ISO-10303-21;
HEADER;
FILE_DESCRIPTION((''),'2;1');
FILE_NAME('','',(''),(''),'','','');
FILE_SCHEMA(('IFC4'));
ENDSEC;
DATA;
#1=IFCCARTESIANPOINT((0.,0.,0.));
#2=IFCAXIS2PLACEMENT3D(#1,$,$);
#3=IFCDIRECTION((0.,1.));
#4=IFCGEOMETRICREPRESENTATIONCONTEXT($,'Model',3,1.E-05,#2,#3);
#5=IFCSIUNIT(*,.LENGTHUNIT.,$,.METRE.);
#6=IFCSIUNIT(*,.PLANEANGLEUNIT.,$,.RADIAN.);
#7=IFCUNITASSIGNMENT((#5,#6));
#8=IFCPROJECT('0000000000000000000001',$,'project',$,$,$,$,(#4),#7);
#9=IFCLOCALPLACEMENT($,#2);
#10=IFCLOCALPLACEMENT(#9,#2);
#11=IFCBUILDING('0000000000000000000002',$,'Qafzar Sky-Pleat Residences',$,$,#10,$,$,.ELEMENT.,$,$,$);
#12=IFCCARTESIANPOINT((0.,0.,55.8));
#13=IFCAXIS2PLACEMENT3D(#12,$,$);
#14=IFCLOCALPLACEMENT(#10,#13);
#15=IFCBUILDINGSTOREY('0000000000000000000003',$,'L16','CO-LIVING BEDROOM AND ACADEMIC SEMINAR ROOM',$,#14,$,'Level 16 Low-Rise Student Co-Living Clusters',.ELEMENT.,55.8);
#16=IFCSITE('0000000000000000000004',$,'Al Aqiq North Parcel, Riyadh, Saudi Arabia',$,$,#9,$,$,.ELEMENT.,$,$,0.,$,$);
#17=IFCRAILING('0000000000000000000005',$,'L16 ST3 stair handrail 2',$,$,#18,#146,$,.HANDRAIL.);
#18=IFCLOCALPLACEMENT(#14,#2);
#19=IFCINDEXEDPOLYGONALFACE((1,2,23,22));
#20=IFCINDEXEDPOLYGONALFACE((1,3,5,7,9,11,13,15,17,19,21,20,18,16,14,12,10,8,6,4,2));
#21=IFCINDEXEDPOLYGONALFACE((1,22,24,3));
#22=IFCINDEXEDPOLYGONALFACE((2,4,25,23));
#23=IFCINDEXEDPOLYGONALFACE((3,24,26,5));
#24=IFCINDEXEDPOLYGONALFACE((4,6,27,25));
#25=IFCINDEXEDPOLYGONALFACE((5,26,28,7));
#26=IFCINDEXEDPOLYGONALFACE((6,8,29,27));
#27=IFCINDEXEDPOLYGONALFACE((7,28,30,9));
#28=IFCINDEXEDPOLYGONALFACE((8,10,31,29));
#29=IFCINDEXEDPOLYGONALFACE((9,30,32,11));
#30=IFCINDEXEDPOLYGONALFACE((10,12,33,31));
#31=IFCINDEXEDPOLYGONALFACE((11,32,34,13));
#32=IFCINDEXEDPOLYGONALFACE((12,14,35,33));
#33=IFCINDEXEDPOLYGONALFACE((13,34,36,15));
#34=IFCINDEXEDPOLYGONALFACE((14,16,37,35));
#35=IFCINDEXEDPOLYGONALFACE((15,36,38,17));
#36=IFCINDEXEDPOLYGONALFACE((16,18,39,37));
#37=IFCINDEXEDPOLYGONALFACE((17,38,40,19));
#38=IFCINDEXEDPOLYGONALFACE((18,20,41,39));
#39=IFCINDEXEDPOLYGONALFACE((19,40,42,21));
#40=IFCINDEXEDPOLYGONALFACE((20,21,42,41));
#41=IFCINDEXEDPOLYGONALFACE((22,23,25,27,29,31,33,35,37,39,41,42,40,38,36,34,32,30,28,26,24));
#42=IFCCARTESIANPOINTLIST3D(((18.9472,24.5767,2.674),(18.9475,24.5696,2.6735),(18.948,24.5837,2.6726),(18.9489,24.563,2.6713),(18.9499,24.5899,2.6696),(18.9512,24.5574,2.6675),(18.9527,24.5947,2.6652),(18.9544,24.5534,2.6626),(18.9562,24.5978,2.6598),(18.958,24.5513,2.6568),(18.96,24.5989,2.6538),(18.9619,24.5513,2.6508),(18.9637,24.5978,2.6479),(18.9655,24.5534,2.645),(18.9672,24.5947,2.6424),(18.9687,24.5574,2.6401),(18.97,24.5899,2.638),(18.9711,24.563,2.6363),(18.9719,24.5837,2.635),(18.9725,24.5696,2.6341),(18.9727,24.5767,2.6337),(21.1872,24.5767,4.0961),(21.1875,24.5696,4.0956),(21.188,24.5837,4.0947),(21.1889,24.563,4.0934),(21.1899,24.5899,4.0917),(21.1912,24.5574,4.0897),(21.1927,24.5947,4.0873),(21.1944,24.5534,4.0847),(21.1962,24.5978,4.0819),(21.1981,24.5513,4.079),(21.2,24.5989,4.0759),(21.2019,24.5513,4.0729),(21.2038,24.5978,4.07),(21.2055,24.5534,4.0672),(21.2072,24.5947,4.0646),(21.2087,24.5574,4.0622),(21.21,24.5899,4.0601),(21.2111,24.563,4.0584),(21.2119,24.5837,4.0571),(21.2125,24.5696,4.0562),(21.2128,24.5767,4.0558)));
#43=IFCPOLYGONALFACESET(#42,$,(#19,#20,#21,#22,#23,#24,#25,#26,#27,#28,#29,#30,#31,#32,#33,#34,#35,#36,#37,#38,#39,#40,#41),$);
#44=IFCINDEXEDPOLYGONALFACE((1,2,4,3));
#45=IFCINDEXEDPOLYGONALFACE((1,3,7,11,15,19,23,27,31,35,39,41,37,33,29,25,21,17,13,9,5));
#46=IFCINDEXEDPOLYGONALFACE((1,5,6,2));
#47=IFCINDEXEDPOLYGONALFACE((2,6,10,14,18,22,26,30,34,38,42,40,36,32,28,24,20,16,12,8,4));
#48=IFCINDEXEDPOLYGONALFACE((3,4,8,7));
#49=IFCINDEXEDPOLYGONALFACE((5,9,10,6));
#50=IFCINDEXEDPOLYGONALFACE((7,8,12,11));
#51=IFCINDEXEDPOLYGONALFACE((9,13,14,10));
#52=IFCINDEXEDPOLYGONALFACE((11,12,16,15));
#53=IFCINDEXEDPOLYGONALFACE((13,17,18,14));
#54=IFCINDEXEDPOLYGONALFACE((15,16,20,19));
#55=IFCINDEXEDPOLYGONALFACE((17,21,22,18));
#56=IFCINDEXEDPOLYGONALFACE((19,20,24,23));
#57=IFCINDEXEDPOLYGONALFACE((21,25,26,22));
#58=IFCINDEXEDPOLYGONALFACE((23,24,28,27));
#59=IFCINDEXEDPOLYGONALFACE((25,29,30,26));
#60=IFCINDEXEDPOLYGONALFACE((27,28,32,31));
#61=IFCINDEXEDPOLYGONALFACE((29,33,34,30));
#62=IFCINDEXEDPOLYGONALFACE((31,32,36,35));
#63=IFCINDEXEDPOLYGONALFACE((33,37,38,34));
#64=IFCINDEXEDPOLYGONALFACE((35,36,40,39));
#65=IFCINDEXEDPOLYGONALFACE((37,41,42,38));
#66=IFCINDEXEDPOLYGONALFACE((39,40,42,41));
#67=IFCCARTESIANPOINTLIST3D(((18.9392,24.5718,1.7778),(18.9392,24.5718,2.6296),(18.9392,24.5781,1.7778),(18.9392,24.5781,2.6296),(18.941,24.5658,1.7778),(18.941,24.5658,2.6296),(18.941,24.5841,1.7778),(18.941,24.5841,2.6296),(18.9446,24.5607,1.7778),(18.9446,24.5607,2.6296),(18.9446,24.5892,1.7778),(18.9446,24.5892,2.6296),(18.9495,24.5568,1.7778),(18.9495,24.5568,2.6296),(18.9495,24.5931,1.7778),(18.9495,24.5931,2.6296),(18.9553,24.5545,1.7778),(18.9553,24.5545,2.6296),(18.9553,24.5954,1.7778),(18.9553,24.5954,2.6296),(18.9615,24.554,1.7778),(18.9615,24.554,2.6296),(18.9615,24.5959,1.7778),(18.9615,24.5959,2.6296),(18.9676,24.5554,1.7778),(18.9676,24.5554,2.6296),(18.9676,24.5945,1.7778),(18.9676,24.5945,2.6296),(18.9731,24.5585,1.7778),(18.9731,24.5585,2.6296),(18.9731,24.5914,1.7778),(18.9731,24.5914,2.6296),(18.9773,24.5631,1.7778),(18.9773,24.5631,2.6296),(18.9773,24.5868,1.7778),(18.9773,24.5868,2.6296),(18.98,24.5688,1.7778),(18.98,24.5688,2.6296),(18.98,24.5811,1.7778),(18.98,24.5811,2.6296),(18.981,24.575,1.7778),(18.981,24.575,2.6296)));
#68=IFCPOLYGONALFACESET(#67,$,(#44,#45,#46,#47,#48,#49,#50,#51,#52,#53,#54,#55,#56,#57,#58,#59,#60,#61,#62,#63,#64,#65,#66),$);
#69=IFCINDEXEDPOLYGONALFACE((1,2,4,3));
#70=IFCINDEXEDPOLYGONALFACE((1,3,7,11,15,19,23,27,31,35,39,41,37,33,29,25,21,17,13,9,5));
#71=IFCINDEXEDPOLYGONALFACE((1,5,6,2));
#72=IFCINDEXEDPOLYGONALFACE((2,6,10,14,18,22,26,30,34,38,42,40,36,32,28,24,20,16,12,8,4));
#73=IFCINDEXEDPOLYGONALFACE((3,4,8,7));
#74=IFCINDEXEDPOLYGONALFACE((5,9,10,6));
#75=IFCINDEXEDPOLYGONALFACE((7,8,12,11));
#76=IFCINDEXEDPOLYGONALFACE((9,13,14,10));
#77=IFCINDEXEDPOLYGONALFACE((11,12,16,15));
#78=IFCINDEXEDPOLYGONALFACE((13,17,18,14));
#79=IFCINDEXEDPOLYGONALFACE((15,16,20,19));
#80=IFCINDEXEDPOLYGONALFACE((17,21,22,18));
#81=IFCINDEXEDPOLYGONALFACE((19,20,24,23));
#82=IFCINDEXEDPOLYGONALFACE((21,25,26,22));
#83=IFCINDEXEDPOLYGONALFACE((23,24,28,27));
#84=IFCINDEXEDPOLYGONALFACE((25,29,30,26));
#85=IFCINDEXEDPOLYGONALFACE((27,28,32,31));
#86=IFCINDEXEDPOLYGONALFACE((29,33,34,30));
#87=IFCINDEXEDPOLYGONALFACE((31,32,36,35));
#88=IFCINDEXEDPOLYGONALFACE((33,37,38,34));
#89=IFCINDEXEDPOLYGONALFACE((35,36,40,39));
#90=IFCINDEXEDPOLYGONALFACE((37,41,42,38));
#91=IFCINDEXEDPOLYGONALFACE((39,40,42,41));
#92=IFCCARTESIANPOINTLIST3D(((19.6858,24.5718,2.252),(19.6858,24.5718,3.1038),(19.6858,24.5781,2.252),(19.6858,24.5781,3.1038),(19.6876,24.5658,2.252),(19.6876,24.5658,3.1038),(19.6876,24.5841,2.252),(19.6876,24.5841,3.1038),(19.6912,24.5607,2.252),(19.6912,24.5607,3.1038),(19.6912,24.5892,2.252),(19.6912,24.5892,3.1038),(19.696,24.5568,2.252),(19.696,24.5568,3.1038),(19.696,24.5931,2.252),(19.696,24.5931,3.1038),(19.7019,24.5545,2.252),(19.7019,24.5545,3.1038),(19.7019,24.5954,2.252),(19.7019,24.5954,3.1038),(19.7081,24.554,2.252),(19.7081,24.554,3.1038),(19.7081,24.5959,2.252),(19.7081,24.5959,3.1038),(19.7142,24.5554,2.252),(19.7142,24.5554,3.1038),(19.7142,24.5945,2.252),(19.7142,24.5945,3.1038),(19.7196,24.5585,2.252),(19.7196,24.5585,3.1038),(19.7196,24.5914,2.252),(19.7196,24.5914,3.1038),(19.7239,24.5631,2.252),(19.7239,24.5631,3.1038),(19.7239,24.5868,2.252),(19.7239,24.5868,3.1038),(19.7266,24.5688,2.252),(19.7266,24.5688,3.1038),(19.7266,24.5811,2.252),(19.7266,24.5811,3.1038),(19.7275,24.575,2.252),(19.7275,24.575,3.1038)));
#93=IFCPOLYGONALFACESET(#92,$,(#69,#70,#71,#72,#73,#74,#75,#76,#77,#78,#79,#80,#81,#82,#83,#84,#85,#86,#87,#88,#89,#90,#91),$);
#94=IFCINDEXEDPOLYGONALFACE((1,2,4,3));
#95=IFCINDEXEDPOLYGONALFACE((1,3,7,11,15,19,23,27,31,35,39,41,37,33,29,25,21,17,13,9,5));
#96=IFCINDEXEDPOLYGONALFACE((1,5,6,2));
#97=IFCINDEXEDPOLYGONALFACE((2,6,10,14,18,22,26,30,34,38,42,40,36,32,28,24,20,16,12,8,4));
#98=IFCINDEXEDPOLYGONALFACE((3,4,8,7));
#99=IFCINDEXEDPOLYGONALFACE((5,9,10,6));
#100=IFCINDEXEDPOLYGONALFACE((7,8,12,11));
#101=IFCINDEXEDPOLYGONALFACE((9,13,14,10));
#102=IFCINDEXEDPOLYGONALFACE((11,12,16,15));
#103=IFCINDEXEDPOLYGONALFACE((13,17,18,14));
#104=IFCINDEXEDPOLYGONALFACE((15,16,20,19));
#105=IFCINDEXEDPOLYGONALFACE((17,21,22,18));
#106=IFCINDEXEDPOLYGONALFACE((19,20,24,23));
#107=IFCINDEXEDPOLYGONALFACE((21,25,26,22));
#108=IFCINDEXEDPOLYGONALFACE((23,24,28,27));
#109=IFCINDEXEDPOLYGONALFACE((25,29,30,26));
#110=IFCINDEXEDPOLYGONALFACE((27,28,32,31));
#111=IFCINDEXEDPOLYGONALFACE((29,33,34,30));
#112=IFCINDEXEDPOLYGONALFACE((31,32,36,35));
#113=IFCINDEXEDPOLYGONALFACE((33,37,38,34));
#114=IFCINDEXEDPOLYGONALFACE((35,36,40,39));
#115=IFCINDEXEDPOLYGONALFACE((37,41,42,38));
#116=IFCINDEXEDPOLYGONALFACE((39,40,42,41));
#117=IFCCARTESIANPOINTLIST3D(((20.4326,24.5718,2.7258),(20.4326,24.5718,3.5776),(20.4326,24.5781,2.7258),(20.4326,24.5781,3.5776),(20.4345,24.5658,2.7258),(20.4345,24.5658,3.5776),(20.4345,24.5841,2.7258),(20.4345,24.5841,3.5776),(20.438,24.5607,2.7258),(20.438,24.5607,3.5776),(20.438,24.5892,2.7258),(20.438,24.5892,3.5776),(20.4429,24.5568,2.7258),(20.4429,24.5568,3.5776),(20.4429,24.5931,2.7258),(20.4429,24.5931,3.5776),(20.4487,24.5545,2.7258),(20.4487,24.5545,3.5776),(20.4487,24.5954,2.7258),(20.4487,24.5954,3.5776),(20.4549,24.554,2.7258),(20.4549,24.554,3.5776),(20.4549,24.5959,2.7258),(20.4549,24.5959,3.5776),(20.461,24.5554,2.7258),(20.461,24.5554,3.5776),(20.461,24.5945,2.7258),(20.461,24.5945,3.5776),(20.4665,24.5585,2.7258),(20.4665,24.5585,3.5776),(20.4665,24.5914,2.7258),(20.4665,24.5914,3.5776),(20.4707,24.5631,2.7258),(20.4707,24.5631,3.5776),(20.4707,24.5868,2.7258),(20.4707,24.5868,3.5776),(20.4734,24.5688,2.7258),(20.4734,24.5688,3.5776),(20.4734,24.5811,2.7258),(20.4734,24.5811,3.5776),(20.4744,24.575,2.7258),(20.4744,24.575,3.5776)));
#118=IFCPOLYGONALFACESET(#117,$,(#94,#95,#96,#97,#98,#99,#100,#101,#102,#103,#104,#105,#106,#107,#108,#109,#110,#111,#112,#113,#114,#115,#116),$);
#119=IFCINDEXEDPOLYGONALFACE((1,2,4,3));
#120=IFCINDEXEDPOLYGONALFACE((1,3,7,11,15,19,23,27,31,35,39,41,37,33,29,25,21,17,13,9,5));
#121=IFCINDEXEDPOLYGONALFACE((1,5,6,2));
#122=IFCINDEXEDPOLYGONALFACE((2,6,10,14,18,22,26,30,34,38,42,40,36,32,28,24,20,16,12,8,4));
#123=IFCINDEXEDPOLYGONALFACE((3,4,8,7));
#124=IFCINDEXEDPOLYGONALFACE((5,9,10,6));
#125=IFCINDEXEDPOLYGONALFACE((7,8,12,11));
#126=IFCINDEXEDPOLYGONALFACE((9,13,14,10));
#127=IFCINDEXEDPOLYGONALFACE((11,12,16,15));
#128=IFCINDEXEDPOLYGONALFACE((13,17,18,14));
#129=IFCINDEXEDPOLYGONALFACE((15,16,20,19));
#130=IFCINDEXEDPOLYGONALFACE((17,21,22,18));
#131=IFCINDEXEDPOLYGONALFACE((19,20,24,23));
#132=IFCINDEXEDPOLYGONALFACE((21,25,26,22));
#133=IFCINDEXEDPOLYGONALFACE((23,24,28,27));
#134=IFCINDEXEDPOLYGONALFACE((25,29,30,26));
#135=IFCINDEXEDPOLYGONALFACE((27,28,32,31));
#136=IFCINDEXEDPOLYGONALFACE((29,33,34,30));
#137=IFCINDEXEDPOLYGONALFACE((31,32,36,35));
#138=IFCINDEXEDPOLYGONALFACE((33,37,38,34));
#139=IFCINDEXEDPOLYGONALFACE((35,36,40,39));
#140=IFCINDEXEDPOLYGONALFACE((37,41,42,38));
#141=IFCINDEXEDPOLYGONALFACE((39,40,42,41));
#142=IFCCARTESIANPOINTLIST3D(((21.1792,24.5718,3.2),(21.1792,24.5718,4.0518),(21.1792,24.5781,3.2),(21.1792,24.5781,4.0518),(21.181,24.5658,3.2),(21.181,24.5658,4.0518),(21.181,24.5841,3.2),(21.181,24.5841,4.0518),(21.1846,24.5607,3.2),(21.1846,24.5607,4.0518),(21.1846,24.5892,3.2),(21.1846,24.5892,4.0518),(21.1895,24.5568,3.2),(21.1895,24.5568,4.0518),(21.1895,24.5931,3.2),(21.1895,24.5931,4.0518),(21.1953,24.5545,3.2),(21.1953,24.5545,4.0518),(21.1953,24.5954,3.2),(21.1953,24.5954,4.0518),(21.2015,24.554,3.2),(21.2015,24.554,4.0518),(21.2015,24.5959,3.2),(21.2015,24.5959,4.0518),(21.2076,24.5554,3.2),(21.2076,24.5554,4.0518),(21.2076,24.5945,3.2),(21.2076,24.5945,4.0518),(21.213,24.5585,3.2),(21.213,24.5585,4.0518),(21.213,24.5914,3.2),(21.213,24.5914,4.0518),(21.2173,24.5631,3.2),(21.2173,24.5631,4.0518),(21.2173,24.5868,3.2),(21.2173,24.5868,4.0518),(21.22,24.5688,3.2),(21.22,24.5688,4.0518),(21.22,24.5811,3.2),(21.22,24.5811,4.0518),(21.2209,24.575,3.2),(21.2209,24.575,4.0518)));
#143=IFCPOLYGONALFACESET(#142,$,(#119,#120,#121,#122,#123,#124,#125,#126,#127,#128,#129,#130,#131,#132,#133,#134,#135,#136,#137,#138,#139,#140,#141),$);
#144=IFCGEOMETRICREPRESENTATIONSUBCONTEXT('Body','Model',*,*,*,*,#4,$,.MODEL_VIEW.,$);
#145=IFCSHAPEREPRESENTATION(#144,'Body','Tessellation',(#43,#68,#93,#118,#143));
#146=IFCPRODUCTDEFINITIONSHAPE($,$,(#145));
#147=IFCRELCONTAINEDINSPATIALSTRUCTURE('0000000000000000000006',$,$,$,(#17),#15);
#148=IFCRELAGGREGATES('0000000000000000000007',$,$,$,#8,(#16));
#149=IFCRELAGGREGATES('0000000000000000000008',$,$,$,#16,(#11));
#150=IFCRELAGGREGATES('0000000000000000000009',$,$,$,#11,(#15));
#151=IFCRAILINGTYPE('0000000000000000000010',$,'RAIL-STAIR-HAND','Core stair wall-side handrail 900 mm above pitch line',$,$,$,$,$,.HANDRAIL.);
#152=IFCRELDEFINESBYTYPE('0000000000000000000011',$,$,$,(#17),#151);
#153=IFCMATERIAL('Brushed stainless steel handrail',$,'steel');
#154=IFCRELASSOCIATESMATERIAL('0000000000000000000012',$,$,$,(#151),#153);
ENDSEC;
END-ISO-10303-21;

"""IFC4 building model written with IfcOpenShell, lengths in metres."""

from ifc_helpers import new_model, si_unit, direction, frame, origin, origin_2d, place, context, subcontext, project, spatial, circle, extrude, source, transform, mapped, material, type_object, element, save


model = new_model("IFC4")

# Units and contexts
model_context = context("Model", 3, precision=1e-05, world=origin(), true_north=direction((0.0, 1.0)))
body_context = subcontext(model_context, "Body", "Model", "MODEL_VIEW")
ifc_project = project(units=[si_unit("LENGTHUNIT", "METRE"), si_unit("PLANEANGLEUNIT", "RADIAN")], contexts=[model_context])

# Site, building, storey
site_placement = place(None, origin())
site = spatial("IfcSite", under=ifc_project, at=site_placement, Name="Al Aqiq North Parcel, Riyadh, Saudi Arabia", CompositionType="ELEMENT", RefElevation=0.0)
building_placement = place(site_placement, origin())
building = spatial("IfcBuilding", under=site, at=building_placement, Name="Qafzar Sky-Pleat Residences", CompositionType="ELEMENT")
storey_placement = place(building_placement, frame((0.0, 0.0, 55.8)))
storey = spatial("IfcBuildingStorey", under=building, at=storey_placement, Name="L16", Description="CO-LIVING BEDROOM AND ACADEMIC SEMINAR ROOM", LongName="Level 16 Low-Rise Student Co-Living Clusters", CompositionType="ELEMENT", Elevation=55.8)

# Railing
ifc_material_1 = material(Name="Brushed stainless steel handrail", Category="steel")
railing_type_1 = type_object("IfcRailingType", Name="RAIL-STAIR-HAND", Description="Core stair wall-side handrail 900 mm above pitch line", PredefinedType="HANDRAIL", material=ifc_material_1)
shared_shape_1 = source(origin(), body_context, "Body", "SweptSolid", [
    extrude(circle(Radius=0.0239, at=origin_2d()), frame((0.0, 0.0, 0.876), z_axis=(0.844229, 0.0, 0.535982), x_axis=(0.0, 1.0, 0.0)), (0.0, 0.0, 1.0), 2.6533),
    extrude(circle(Radius=0.021, at=origin_2d()), origin(), (0.0, 0.0, 1.0), 0.8518),
    extrude(circle(Radius=0.021, at=origin_2d()), frame((0.7466, 0.0, 0.4741)), (0.0, 0.0, 1.0), 0.8518),
    extrude(circle(Radius=0.021, at=origin_2d()), frame((1.4934, 0.0, 0.948)), (0.0, 0.0, 1.0), 0.8518),
    extrude(circle(Radius=0.021, at=origin_2d()), frame((2.24, 0.0, 1.4221)), (0.0, 0.0, 1.0), 0.8518),
])
railing_1_placement = place(storey_placement, frame((18.96, 24.575, 1.7778)))
element("IfcRailing", 1, at=railing_1_placement, inside=storey, type_object=railing_type_1, Name="L16 ST3 stair handrail 2", PredefinedType="HANDRAIL", context=body_context, shape_type="MappedRepresentation", body=[
    mapped(shared_shape_1, transform((0.0, 0.0, 0.0), x_axis=(1.0, 0.0, 0.0), y_axis=(0.0, 1.0, 0.0), z_axis=(0.0, 0.0, 1.0), scale=1.0)),
])

save(model, "model.ifc")
